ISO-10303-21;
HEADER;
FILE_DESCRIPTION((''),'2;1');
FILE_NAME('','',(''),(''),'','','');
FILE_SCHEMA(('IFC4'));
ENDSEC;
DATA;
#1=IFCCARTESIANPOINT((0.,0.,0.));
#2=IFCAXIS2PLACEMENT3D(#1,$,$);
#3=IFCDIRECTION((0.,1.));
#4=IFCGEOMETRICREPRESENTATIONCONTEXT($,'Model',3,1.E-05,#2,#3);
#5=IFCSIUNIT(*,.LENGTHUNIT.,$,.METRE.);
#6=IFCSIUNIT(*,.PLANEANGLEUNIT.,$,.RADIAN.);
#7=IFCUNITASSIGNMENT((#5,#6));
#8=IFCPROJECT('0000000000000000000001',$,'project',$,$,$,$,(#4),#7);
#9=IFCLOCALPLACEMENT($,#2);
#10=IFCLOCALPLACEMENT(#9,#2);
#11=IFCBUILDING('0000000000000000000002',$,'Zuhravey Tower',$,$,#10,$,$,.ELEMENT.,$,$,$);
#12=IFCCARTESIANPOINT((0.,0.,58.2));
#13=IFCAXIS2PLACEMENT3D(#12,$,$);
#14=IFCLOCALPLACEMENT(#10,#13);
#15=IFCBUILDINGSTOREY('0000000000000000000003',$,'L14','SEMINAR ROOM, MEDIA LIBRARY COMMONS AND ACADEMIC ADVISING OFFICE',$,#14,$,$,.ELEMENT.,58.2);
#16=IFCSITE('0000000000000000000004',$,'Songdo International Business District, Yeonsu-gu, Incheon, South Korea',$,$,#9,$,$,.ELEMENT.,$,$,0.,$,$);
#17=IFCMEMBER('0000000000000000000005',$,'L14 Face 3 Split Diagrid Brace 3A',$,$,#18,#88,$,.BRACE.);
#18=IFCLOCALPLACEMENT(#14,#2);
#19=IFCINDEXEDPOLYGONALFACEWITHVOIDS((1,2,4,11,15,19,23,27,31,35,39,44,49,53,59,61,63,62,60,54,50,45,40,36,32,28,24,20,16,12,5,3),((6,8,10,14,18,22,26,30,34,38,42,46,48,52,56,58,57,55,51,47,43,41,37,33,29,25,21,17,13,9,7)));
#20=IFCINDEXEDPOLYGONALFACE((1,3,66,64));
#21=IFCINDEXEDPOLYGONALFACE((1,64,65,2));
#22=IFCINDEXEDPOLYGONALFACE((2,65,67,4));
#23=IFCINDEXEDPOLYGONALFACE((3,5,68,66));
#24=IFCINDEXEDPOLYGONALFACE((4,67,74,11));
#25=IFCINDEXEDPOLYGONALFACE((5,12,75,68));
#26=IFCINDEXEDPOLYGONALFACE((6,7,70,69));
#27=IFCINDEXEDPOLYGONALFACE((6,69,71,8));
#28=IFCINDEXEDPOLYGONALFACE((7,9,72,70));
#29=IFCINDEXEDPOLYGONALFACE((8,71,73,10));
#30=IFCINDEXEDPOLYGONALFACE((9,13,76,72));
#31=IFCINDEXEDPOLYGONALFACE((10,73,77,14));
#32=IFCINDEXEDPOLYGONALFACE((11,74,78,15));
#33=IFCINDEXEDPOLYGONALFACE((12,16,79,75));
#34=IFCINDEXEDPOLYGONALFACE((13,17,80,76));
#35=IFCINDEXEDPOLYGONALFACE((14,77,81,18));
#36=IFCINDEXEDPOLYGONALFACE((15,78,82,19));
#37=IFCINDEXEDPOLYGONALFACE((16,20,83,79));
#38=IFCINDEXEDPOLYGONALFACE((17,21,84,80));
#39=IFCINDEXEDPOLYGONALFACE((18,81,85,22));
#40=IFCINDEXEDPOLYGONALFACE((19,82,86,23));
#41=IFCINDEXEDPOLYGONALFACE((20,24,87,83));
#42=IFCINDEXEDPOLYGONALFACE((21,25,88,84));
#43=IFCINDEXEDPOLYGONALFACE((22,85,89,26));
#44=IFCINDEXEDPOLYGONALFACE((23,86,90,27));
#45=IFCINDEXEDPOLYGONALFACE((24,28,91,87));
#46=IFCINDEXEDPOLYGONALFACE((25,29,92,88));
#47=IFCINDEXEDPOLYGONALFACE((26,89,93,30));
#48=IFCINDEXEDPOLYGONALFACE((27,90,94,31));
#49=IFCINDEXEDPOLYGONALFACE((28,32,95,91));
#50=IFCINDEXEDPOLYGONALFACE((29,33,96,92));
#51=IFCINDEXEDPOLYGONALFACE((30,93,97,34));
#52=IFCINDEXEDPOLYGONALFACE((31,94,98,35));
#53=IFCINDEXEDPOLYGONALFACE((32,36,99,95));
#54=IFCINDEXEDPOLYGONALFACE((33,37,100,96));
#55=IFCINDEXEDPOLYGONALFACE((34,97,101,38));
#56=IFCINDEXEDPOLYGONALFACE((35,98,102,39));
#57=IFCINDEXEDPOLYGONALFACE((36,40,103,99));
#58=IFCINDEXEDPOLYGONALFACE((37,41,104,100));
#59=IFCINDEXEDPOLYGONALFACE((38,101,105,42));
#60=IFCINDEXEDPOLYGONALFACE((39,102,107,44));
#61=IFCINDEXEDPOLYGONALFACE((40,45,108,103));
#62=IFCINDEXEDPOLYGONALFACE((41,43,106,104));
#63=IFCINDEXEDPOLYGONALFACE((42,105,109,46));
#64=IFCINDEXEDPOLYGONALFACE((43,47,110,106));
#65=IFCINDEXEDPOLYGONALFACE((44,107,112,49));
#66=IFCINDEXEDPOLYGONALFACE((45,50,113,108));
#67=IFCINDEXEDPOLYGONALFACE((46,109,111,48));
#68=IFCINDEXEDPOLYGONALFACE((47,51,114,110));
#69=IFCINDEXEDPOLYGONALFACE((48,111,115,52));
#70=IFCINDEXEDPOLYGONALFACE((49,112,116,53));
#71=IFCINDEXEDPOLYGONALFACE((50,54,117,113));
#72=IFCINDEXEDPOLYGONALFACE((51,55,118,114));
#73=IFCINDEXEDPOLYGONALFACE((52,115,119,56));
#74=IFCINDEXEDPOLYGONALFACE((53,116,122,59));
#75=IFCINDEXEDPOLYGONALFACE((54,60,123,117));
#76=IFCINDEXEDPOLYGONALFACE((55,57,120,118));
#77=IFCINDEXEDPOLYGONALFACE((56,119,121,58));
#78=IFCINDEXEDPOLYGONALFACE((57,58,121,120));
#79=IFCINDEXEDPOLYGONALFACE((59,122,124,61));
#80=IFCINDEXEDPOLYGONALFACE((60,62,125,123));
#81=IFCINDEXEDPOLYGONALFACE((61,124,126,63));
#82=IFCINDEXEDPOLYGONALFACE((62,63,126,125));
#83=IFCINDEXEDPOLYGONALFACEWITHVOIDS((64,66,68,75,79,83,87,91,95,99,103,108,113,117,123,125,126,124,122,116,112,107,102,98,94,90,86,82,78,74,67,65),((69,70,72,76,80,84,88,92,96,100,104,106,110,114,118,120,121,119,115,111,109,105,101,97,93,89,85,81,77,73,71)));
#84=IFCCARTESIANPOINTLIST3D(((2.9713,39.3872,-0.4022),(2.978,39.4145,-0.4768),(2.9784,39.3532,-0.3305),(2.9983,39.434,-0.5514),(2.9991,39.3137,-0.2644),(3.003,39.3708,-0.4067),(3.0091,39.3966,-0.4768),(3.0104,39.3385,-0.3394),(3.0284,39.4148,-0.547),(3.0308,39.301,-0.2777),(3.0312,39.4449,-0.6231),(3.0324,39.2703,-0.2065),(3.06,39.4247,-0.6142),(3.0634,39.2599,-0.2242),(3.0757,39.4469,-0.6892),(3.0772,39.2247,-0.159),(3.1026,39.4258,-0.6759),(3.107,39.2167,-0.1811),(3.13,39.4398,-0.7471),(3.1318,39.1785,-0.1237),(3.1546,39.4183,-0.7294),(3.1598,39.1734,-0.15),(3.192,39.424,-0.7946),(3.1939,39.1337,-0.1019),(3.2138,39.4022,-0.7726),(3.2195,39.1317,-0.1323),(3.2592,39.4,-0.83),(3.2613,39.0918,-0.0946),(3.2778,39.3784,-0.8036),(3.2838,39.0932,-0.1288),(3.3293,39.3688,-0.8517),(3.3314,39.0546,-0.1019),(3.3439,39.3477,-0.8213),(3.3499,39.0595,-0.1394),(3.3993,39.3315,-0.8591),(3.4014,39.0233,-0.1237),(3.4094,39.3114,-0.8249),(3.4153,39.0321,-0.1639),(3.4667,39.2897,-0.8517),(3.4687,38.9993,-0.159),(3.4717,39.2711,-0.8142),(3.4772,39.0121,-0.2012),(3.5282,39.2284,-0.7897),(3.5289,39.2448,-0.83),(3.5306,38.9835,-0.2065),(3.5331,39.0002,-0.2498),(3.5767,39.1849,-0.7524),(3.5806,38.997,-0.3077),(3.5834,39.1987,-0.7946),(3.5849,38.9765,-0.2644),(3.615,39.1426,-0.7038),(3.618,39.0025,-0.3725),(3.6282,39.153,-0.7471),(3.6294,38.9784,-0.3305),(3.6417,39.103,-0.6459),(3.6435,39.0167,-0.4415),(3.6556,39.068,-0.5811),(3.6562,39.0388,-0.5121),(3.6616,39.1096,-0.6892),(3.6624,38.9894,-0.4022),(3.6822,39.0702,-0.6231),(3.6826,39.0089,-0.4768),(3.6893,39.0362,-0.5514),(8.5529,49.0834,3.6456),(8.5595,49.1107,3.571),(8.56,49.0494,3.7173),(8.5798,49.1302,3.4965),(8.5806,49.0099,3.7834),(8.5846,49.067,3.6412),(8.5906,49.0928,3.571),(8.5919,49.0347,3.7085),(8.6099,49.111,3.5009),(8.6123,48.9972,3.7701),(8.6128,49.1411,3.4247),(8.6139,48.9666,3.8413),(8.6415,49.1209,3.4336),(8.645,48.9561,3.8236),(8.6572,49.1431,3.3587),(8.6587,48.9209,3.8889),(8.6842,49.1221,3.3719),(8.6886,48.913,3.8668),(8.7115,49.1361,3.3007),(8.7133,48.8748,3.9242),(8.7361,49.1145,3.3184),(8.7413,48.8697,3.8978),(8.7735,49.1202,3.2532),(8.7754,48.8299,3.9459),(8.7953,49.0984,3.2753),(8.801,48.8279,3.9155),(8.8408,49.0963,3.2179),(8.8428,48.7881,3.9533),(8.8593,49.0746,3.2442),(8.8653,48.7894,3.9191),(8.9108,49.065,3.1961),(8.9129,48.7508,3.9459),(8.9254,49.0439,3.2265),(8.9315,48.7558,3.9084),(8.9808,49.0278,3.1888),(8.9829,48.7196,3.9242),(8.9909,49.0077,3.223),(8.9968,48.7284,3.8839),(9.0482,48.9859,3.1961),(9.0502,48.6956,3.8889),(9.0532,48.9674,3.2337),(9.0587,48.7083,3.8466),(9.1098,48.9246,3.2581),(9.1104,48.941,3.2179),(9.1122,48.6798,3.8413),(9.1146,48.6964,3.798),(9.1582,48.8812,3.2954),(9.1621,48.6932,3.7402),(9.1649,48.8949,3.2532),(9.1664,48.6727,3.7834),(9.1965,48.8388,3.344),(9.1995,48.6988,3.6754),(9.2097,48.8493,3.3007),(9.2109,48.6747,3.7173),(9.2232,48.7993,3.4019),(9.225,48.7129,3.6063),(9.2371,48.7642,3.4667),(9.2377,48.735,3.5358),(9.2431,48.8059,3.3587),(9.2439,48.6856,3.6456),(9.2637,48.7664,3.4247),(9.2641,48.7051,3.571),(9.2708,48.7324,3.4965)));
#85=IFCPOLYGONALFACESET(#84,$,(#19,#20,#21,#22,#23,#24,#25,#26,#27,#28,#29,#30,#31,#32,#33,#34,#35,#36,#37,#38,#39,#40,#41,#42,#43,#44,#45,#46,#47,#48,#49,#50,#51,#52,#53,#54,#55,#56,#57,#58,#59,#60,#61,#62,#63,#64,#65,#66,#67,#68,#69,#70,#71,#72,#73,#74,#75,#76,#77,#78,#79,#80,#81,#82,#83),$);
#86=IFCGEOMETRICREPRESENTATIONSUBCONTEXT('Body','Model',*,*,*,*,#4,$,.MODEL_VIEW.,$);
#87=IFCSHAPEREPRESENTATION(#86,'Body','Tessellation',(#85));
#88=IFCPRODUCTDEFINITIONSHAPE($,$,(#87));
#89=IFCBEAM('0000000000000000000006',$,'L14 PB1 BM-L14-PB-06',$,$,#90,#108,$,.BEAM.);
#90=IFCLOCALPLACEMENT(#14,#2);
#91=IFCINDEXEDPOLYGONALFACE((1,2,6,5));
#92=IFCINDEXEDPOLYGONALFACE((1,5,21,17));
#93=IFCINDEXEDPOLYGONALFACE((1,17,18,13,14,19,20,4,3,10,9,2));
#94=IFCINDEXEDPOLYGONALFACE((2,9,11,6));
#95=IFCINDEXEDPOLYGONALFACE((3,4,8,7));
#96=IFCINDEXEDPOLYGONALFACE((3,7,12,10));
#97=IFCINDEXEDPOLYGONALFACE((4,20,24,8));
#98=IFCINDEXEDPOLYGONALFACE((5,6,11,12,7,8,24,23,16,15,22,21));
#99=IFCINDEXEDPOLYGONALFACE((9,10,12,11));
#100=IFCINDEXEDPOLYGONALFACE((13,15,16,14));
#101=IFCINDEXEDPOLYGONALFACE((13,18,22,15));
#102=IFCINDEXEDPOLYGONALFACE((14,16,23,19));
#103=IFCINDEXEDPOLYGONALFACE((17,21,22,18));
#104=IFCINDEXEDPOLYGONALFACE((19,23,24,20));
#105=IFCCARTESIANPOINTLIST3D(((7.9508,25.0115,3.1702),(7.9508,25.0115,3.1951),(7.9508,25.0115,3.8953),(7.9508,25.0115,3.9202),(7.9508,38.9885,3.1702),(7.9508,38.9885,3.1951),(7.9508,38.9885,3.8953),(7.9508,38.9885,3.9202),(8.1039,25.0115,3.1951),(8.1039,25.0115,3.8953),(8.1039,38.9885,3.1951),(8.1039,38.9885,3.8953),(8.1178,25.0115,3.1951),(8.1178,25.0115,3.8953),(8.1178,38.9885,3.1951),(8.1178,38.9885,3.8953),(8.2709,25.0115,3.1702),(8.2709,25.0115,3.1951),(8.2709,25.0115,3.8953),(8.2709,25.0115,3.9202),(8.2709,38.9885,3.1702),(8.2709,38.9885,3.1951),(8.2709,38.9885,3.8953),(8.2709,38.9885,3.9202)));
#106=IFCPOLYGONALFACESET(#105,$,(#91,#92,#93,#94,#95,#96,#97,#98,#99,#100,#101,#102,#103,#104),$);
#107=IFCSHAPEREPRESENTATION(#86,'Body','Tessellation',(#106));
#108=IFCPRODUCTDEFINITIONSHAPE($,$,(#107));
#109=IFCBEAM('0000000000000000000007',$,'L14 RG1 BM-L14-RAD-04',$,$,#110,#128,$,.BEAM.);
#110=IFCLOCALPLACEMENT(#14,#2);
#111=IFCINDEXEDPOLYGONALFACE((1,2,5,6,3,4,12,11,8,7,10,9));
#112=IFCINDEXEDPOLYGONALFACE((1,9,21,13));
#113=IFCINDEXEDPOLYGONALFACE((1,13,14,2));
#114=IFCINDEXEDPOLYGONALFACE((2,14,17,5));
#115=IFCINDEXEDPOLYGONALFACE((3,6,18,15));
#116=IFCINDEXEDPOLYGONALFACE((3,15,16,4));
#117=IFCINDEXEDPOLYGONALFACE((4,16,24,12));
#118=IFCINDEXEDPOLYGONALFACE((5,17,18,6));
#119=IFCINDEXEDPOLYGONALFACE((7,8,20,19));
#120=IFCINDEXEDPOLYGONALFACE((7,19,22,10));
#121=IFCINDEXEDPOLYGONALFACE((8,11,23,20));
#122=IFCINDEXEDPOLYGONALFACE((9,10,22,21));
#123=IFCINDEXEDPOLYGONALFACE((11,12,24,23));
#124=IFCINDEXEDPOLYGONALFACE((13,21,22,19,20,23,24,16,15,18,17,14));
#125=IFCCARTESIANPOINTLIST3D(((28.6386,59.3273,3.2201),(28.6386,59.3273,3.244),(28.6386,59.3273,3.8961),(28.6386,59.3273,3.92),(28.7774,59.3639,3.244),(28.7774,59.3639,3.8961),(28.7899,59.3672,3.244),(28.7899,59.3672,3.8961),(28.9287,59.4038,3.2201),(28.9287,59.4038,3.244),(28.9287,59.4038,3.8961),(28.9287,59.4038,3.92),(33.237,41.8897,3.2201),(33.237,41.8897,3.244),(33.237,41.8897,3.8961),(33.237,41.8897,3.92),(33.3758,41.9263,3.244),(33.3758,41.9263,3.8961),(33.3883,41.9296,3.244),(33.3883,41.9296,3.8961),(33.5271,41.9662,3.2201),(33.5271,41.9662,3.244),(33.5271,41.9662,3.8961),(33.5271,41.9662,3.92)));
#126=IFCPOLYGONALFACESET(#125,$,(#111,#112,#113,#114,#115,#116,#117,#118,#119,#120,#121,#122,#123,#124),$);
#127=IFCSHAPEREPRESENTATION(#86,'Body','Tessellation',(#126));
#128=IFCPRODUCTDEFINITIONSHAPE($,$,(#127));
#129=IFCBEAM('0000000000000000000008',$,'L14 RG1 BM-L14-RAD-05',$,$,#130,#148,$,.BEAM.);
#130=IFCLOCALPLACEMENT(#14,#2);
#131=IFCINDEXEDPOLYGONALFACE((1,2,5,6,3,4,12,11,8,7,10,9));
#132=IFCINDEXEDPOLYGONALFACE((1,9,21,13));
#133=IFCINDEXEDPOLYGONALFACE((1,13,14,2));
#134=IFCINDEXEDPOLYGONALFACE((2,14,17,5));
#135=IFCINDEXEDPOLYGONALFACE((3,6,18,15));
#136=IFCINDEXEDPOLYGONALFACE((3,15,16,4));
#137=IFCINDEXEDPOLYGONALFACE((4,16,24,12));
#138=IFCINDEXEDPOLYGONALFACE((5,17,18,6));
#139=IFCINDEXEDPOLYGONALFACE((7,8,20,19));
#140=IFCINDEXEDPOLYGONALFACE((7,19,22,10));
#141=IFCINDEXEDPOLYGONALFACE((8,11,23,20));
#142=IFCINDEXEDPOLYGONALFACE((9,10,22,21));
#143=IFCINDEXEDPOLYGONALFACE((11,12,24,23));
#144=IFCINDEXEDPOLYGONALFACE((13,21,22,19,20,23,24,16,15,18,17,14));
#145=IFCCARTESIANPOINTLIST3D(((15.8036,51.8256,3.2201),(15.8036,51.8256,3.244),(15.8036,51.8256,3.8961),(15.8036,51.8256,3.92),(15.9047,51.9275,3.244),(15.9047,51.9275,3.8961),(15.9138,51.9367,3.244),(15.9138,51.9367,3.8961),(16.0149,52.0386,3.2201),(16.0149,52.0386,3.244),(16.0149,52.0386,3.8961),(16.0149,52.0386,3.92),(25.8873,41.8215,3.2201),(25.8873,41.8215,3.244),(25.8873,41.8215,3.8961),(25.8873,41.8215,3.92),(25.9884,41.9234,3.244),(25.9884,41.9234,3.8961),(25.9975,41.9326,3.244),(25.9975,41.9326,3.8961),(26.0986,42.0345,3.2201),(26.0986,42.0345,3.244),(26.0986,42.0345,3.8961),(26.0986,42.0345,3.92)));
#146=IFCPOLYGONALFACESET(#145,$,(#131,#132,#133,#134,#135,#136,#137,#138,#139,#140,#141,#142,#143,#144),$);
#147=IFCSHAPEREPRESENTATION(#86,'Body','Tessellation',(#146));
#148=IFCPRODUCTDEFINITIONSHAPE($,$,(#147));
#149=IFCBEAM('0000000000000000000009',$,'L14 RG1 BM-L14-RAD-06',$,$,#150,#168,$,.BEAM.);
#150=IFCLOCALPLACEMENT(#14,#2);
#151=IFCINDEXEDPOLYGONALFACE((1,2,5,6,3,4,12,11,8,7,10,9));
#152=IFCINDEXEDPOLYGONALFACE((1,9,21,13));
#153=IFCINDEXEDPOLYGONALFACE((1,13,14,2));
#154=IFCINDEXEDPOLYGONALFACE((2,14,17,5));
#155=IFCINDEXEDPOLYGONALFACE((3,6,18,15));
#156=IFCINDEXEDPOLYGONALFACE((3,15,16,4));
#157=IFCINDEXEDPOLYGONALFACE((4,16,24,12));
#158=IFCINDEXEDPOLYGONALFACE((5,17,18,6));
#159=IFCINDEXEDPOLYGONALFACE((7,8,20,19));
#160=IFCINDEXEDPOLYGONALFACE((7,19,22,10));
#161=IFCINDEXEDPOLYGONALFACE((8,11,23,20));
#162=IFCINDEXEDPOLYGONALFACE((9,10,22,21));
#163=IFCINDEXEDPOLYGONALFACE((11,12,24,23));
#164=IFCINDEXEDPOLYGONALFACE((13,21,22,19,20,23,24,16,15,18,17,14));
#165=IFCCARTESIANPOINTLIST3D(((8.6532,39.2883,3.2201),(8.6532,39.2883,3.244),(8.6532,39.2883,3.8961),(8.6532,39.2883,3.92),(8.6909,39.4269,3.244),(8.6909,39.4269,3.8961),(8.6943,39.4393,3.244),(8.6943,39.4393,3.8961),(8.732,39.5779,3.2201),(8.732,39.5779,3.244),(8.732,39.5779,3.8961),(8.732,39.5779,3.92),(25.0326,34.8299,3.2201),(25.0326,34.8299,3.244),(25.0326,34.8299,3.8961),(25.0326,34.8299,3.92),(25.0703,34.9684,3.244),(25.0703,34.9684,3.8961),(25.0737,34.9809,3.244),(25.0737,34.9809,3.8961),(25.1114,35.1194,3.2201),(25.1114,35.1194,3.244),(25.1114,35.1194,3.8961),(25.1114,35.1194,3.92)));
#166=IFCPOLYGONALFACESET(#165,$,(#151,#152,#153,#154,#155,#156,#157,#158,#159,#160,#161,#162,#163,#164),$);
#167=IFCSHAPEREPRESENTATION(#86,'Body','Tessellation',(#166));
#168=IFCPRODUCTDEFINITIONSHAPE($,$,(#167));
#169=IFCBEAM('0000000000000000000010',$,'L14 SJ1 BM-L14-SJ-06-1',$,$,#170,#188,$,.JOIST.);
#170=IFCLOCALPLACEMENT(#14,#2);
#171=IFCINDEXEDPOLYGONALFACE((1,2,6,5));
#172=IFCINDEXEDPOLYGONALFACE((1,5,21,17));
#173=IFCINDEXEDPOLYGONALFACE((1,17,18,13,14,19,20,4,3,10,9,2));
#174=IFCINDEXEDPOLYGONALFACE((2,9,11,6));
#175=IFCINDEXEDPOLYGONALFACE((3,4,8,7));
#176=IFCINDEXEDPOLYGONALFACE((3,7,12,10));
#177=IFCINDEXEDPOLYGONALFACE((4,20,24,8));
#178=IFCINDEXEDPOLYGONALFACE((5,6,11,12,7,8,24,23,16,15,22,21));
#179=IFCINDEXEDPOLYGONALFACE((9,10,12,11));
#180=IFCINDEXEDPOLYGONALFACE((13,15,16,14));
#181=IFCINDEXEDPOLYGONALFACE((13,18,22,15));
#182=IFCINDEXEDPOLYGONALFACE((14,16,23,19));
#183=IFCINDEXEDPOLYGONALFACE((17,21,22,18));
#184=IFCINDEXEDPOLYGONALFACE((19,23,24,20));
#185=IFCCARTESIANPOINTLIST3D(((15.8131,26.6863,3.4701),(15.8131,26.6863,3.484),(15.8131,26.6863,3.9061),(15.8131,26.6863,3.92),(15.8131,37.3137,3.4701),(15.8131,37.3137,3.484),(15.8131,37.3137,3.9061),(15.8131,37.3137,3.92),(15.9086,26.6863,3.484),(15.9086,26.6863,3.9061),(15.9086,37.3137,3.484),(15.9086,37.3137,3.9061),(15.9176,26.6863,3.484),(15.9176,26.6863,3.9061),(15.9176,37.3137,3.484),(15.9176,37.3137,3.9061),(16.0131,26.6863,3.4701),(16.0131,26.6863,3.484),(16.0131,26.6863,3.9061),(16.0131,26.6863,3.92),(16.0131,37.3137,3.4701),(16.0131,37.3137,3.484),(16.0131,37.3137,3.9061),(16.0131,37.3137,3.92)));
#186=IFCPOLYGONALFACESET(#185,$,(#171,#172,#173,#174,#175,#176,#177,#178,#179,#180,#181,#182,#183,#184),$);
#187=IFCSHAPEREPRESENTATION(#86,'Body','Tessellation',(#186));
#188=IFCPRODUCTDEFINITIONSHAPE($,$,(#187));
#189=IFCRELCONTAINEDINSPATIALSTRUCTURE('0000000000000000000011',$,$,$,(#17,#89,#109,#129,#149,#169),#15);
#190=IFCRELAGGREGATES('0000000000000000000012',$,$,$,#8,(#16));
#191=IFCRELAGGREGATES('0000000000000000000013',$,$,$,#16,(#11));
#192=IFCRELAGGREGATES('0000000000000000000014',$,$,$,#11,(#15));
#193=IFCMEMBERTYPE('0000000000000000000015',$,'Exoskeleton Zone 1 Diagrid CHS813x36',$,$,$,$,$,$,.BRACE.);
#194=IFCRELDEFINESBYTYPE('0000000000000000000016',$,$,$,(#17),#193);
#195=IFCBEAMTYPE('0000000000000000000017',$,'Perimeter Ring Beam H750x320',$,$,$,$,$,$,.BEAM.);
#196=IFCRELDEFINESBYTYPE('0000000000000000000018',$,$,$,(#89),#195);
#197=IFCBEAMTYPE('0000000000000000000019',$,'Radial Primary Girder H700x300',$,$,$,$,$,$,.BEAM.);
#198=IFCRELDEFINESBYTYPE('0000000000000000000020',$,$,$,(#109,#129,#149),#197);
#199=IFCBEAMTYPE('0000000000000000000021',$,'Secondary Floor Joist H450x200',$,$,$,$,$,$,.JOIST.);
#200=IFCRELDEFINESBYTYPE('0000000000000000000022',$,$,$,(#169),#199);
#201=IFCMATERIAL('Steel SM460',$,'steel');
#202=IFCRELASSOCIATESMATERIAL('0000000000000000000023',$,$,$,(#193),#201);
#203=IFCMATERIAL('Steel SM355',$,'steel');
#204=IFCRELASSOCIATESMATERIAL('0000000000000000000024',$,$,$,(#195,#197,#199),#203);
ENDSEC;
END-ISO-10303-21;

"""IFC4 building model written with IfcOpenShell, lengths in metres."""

from ifc_helpers import new_model, si_unit, direction, frame, origin, origin_2d, place, context, subcontext, project, spatial, hollow_circle, i_section, extrude, material, material_profile, profile_set, type_object, element, save


model = new_model("IFC4")

# Units and contexts
model_context = context("Model", 3, precision=1e-05, world=origin(), true_north=direction((0.0, 1.0)))
body_context = subcontext(model_context, "Body", "Model", "MODEL_VIEW")
ifc_project = project(units=[si_unit("LENGTHUNIT", "METRE"), si_unit("PLANEANGLEUNIT", "RADIAN")], contexts=[model_context])

# Site, building, storey
site_placement = place(None, origin())
site = spatial("IfcSite", under=ifc_project, at=site_placement, Name="Songdo International Business District, Yeonsu-gu, Incheon, South Korea", CompositionType="ELEMENT", RefElevation=0.0)
building_placement = place(site_placement, origin())
building = spatial("IfcBuilding", under=site, at=building_placement, Name="Zuhravey Tower", CompositionType="ELEMENT")
storey_placement = place(building_placement, frame((0.0, 0.0, 58.2)))
storey = spatial("IfcBuildingStorey", under=building, at=storey_placement, Name="L14", Description="SEMINAR ROOM, MEDIA LIBRARY COMMONS AND ACADEMIC ADVISING OFFICE", CompositionType="ELEMENT", Elevation=58.2)

# Member
ifc_material_1 = material(Name="Steel SM460", Category="steel")
ifc_material_profile_1 = material_profile(ifc_material_1, hollow_circle(Radius=0.4065, WallThickness=0.0359, at=origin_2d()), Name="CHS-812.8x36")
ifc_profile_set_1 = profile_set([ifc_material_profile_1], Name="Steel SM460")
member_type_1 = type_object("IfcMemberType", Name="Exoskeleton Zone 1 Diagrid CHS813x36", PredefinedType="BRACE", material=ifc_profile_set_1)
member_1_placement = place(storey_placement, frame((3.3303, 39.2117, -0.4768), z_axis=(0.469125, 0.814967, 0.34022), x_axis=(-0.866668, 0.498886, 0.0)))
element("IfcMember", 1, at=member_1_placement, inside=storey, type_object=member_type_1, Name="L14 Face 3 Split Diagrid Brace 3A", PredefinedType="BRACE", context=body_context, shape_type="SweptSolid", body=[
    extrude(hollow_circle(Radius=0.4065, WallThickness=0.0359, at=origin_2d()), origin(), (0.0, 0.0, 1.0), 11.8977),
])

# Beams
ifc_material_2 = material(Name="Steel SM355", Category="steel")
ifc_material_profile_2 = material_profile(ifc_material_2, i_section(OverallWidth=0.3201, OverallDepth=0.75, WebThickness=0.0139, FlangeThickness=0.0249, at=origin_2d()), Name="H-750x320x14x25")
ifc_profile_set_2 = profile_set([ifc_material_profile_2], Name="Steel SM355")
beam_type_1 = type_object("IfcBeamType", Name="Perimeter Ring Beam H750x320", PredefinedType="BEAM", material=ifc_profile_set_2)
beam_1_placement = place(storey_placement, frame((8.1108, 38.9885, 3.5452), z_axis=(0.0, -1.0, 0.0), x_axis=(1.0, 0.0, 0.0)))
element("IfcBeam", 2, at=beam_1_placement, inside=storey, type_object=beam_type_1, Name="L14 PB1 BM-L14-PB-06", PredefinedType="BEAM", context=body_context, shape_type="SweptSolid", body=[
    extrude(i_section(OverallWidth=0.3201, OverallDepth=0.75, WebThickness=0.0139, FlangeThickness=0.0249, at=origin_2d()), origin(), (0.0, 0.0, 1.0), 13.9771),
])
ifc_material_profile_3 = material_profile(ifc_material_2, i_section(OverallWidth=0.3, OverallDepth=0.7, WebThickness=0.0129, FlangeThickness=0.0239, at=origin_2d()), Name="H-700x300x13x24")
ifc_profile_set_3 = profile_set([ifc_material_profile_3], Name="Steel SM355")
beam_type_2 = type_object("IfcBeamType", Name="Radial Primary Girder H700x300", PredefinedType="BEAM", material=ifc_profile_set_3)
beam_2_placement = place(storey_placement, frame((33.3821, 41.928, 3.5701), z_axis=(-0.25499, 0.966944, 0.0), x_axis=(-0.966944, -0.25499, 0.0)))
element("IfcBeam", 3, at=beam_2_placement, inside=storey, type_object=beam_type_2, Name="L14 RG1 BM-L14-RAD-04", PredefinedType="BEAM", context=body_context, shape_type="SweptSolid", body=[
    extrude(i_section(OverallWidth=0.3, OverallDepth=0.7, WebThickness=0.0129, FlangeThickness=0.0239, at=origin_2d()), origin(), (0.0, 0.0, 1.0), 18.0337),
])
beam_3_placement = place(storey_placement, frame((25.9929, 41.928, 3.5701), z_axis=(-0.709903, 0.7043, 0.0), x_axis=(-0.7043, -0.709903, 0.0)))
element("IfcBeam", 4, at=beam_3_placement, inside=storey, type_object=beam_type_2, Name="L14 RG1 BM-L14-RAD-05", PredefinedType="BEAM", context=body_context, shape_type="SweptSolid", body=[
    extrude(i_section(OverallWidth=0.3, OverallDepth=0.7, WebThickness=0.0129, FlangeThickness=0.0239, at=origin_2d()), origin(), (0.0, 0.0, 1.0), 14.2043),
])
beam_4_placement = place(storey_placement, frame((25.072, 34.9746, 3.5701), z_axis=(-0.964892, 0.262645, 0.0), x_axis=(-0.262645, -0.964892, 0.0)))
element("IfcBeam", 5, at=beam_4_placement, inside=storey, type_object=beam_type_2, Name="L14 RG1 BM-L14-RAD-06", PredefinedType="BEAM", context=body_context, shape_type="SweptSolid", body=[
    extrude(i_section(OverallWidth=0.3, OverallDepth=0.7, WebThickness=0.0129, FlangeThickness=0.0239, at=origin_2d()), origin(), (0.0, 0.0, 1.0), 16.9753),
])
ifc_material_profile_4 = material_profile(ifc_material_2, i_section(OverallWidth=0.2, OverallDepth=0.45, WebThickness=0.009, FlangeThickness=0.0139, at=origin_2d()), Name="H-450x200x9x14")
ifc_profile_set_4 = profile_set([ifc_material_profile_4], Name="Steel SM355")
beam_type_3 = type_object("IfcBeamType", Name="Secondary Floor Joist H450x200", PredefinedType="JOIST", material=ifc_profile_set_4)
beam_5_placement = place(storey_placement, frame((15.9131, 37.3137, 3.6951), z_axis=(0.0, -1.0, 0.0), x_axis=(1.0, 0.0, 0.0)))
element("IfcBeam", 6, at=beam_5_placement, inside=storey, type_object=beam_type_3, Name="L14 SJ1 BM-L14-SJ-06-1", PredefinedType="JOIST", context=body_context, shape_type="SweptSolid", body=[
    extrude(i_section(OverallWidth=0.2, OverallDepth=0.45, WebThickness=0.009, FlangeThickness=0.0139, at=origin_2d()), origin(), (0.0, 0.0, 1.0), 10.6274),
])

save(model, "model.ifc")
